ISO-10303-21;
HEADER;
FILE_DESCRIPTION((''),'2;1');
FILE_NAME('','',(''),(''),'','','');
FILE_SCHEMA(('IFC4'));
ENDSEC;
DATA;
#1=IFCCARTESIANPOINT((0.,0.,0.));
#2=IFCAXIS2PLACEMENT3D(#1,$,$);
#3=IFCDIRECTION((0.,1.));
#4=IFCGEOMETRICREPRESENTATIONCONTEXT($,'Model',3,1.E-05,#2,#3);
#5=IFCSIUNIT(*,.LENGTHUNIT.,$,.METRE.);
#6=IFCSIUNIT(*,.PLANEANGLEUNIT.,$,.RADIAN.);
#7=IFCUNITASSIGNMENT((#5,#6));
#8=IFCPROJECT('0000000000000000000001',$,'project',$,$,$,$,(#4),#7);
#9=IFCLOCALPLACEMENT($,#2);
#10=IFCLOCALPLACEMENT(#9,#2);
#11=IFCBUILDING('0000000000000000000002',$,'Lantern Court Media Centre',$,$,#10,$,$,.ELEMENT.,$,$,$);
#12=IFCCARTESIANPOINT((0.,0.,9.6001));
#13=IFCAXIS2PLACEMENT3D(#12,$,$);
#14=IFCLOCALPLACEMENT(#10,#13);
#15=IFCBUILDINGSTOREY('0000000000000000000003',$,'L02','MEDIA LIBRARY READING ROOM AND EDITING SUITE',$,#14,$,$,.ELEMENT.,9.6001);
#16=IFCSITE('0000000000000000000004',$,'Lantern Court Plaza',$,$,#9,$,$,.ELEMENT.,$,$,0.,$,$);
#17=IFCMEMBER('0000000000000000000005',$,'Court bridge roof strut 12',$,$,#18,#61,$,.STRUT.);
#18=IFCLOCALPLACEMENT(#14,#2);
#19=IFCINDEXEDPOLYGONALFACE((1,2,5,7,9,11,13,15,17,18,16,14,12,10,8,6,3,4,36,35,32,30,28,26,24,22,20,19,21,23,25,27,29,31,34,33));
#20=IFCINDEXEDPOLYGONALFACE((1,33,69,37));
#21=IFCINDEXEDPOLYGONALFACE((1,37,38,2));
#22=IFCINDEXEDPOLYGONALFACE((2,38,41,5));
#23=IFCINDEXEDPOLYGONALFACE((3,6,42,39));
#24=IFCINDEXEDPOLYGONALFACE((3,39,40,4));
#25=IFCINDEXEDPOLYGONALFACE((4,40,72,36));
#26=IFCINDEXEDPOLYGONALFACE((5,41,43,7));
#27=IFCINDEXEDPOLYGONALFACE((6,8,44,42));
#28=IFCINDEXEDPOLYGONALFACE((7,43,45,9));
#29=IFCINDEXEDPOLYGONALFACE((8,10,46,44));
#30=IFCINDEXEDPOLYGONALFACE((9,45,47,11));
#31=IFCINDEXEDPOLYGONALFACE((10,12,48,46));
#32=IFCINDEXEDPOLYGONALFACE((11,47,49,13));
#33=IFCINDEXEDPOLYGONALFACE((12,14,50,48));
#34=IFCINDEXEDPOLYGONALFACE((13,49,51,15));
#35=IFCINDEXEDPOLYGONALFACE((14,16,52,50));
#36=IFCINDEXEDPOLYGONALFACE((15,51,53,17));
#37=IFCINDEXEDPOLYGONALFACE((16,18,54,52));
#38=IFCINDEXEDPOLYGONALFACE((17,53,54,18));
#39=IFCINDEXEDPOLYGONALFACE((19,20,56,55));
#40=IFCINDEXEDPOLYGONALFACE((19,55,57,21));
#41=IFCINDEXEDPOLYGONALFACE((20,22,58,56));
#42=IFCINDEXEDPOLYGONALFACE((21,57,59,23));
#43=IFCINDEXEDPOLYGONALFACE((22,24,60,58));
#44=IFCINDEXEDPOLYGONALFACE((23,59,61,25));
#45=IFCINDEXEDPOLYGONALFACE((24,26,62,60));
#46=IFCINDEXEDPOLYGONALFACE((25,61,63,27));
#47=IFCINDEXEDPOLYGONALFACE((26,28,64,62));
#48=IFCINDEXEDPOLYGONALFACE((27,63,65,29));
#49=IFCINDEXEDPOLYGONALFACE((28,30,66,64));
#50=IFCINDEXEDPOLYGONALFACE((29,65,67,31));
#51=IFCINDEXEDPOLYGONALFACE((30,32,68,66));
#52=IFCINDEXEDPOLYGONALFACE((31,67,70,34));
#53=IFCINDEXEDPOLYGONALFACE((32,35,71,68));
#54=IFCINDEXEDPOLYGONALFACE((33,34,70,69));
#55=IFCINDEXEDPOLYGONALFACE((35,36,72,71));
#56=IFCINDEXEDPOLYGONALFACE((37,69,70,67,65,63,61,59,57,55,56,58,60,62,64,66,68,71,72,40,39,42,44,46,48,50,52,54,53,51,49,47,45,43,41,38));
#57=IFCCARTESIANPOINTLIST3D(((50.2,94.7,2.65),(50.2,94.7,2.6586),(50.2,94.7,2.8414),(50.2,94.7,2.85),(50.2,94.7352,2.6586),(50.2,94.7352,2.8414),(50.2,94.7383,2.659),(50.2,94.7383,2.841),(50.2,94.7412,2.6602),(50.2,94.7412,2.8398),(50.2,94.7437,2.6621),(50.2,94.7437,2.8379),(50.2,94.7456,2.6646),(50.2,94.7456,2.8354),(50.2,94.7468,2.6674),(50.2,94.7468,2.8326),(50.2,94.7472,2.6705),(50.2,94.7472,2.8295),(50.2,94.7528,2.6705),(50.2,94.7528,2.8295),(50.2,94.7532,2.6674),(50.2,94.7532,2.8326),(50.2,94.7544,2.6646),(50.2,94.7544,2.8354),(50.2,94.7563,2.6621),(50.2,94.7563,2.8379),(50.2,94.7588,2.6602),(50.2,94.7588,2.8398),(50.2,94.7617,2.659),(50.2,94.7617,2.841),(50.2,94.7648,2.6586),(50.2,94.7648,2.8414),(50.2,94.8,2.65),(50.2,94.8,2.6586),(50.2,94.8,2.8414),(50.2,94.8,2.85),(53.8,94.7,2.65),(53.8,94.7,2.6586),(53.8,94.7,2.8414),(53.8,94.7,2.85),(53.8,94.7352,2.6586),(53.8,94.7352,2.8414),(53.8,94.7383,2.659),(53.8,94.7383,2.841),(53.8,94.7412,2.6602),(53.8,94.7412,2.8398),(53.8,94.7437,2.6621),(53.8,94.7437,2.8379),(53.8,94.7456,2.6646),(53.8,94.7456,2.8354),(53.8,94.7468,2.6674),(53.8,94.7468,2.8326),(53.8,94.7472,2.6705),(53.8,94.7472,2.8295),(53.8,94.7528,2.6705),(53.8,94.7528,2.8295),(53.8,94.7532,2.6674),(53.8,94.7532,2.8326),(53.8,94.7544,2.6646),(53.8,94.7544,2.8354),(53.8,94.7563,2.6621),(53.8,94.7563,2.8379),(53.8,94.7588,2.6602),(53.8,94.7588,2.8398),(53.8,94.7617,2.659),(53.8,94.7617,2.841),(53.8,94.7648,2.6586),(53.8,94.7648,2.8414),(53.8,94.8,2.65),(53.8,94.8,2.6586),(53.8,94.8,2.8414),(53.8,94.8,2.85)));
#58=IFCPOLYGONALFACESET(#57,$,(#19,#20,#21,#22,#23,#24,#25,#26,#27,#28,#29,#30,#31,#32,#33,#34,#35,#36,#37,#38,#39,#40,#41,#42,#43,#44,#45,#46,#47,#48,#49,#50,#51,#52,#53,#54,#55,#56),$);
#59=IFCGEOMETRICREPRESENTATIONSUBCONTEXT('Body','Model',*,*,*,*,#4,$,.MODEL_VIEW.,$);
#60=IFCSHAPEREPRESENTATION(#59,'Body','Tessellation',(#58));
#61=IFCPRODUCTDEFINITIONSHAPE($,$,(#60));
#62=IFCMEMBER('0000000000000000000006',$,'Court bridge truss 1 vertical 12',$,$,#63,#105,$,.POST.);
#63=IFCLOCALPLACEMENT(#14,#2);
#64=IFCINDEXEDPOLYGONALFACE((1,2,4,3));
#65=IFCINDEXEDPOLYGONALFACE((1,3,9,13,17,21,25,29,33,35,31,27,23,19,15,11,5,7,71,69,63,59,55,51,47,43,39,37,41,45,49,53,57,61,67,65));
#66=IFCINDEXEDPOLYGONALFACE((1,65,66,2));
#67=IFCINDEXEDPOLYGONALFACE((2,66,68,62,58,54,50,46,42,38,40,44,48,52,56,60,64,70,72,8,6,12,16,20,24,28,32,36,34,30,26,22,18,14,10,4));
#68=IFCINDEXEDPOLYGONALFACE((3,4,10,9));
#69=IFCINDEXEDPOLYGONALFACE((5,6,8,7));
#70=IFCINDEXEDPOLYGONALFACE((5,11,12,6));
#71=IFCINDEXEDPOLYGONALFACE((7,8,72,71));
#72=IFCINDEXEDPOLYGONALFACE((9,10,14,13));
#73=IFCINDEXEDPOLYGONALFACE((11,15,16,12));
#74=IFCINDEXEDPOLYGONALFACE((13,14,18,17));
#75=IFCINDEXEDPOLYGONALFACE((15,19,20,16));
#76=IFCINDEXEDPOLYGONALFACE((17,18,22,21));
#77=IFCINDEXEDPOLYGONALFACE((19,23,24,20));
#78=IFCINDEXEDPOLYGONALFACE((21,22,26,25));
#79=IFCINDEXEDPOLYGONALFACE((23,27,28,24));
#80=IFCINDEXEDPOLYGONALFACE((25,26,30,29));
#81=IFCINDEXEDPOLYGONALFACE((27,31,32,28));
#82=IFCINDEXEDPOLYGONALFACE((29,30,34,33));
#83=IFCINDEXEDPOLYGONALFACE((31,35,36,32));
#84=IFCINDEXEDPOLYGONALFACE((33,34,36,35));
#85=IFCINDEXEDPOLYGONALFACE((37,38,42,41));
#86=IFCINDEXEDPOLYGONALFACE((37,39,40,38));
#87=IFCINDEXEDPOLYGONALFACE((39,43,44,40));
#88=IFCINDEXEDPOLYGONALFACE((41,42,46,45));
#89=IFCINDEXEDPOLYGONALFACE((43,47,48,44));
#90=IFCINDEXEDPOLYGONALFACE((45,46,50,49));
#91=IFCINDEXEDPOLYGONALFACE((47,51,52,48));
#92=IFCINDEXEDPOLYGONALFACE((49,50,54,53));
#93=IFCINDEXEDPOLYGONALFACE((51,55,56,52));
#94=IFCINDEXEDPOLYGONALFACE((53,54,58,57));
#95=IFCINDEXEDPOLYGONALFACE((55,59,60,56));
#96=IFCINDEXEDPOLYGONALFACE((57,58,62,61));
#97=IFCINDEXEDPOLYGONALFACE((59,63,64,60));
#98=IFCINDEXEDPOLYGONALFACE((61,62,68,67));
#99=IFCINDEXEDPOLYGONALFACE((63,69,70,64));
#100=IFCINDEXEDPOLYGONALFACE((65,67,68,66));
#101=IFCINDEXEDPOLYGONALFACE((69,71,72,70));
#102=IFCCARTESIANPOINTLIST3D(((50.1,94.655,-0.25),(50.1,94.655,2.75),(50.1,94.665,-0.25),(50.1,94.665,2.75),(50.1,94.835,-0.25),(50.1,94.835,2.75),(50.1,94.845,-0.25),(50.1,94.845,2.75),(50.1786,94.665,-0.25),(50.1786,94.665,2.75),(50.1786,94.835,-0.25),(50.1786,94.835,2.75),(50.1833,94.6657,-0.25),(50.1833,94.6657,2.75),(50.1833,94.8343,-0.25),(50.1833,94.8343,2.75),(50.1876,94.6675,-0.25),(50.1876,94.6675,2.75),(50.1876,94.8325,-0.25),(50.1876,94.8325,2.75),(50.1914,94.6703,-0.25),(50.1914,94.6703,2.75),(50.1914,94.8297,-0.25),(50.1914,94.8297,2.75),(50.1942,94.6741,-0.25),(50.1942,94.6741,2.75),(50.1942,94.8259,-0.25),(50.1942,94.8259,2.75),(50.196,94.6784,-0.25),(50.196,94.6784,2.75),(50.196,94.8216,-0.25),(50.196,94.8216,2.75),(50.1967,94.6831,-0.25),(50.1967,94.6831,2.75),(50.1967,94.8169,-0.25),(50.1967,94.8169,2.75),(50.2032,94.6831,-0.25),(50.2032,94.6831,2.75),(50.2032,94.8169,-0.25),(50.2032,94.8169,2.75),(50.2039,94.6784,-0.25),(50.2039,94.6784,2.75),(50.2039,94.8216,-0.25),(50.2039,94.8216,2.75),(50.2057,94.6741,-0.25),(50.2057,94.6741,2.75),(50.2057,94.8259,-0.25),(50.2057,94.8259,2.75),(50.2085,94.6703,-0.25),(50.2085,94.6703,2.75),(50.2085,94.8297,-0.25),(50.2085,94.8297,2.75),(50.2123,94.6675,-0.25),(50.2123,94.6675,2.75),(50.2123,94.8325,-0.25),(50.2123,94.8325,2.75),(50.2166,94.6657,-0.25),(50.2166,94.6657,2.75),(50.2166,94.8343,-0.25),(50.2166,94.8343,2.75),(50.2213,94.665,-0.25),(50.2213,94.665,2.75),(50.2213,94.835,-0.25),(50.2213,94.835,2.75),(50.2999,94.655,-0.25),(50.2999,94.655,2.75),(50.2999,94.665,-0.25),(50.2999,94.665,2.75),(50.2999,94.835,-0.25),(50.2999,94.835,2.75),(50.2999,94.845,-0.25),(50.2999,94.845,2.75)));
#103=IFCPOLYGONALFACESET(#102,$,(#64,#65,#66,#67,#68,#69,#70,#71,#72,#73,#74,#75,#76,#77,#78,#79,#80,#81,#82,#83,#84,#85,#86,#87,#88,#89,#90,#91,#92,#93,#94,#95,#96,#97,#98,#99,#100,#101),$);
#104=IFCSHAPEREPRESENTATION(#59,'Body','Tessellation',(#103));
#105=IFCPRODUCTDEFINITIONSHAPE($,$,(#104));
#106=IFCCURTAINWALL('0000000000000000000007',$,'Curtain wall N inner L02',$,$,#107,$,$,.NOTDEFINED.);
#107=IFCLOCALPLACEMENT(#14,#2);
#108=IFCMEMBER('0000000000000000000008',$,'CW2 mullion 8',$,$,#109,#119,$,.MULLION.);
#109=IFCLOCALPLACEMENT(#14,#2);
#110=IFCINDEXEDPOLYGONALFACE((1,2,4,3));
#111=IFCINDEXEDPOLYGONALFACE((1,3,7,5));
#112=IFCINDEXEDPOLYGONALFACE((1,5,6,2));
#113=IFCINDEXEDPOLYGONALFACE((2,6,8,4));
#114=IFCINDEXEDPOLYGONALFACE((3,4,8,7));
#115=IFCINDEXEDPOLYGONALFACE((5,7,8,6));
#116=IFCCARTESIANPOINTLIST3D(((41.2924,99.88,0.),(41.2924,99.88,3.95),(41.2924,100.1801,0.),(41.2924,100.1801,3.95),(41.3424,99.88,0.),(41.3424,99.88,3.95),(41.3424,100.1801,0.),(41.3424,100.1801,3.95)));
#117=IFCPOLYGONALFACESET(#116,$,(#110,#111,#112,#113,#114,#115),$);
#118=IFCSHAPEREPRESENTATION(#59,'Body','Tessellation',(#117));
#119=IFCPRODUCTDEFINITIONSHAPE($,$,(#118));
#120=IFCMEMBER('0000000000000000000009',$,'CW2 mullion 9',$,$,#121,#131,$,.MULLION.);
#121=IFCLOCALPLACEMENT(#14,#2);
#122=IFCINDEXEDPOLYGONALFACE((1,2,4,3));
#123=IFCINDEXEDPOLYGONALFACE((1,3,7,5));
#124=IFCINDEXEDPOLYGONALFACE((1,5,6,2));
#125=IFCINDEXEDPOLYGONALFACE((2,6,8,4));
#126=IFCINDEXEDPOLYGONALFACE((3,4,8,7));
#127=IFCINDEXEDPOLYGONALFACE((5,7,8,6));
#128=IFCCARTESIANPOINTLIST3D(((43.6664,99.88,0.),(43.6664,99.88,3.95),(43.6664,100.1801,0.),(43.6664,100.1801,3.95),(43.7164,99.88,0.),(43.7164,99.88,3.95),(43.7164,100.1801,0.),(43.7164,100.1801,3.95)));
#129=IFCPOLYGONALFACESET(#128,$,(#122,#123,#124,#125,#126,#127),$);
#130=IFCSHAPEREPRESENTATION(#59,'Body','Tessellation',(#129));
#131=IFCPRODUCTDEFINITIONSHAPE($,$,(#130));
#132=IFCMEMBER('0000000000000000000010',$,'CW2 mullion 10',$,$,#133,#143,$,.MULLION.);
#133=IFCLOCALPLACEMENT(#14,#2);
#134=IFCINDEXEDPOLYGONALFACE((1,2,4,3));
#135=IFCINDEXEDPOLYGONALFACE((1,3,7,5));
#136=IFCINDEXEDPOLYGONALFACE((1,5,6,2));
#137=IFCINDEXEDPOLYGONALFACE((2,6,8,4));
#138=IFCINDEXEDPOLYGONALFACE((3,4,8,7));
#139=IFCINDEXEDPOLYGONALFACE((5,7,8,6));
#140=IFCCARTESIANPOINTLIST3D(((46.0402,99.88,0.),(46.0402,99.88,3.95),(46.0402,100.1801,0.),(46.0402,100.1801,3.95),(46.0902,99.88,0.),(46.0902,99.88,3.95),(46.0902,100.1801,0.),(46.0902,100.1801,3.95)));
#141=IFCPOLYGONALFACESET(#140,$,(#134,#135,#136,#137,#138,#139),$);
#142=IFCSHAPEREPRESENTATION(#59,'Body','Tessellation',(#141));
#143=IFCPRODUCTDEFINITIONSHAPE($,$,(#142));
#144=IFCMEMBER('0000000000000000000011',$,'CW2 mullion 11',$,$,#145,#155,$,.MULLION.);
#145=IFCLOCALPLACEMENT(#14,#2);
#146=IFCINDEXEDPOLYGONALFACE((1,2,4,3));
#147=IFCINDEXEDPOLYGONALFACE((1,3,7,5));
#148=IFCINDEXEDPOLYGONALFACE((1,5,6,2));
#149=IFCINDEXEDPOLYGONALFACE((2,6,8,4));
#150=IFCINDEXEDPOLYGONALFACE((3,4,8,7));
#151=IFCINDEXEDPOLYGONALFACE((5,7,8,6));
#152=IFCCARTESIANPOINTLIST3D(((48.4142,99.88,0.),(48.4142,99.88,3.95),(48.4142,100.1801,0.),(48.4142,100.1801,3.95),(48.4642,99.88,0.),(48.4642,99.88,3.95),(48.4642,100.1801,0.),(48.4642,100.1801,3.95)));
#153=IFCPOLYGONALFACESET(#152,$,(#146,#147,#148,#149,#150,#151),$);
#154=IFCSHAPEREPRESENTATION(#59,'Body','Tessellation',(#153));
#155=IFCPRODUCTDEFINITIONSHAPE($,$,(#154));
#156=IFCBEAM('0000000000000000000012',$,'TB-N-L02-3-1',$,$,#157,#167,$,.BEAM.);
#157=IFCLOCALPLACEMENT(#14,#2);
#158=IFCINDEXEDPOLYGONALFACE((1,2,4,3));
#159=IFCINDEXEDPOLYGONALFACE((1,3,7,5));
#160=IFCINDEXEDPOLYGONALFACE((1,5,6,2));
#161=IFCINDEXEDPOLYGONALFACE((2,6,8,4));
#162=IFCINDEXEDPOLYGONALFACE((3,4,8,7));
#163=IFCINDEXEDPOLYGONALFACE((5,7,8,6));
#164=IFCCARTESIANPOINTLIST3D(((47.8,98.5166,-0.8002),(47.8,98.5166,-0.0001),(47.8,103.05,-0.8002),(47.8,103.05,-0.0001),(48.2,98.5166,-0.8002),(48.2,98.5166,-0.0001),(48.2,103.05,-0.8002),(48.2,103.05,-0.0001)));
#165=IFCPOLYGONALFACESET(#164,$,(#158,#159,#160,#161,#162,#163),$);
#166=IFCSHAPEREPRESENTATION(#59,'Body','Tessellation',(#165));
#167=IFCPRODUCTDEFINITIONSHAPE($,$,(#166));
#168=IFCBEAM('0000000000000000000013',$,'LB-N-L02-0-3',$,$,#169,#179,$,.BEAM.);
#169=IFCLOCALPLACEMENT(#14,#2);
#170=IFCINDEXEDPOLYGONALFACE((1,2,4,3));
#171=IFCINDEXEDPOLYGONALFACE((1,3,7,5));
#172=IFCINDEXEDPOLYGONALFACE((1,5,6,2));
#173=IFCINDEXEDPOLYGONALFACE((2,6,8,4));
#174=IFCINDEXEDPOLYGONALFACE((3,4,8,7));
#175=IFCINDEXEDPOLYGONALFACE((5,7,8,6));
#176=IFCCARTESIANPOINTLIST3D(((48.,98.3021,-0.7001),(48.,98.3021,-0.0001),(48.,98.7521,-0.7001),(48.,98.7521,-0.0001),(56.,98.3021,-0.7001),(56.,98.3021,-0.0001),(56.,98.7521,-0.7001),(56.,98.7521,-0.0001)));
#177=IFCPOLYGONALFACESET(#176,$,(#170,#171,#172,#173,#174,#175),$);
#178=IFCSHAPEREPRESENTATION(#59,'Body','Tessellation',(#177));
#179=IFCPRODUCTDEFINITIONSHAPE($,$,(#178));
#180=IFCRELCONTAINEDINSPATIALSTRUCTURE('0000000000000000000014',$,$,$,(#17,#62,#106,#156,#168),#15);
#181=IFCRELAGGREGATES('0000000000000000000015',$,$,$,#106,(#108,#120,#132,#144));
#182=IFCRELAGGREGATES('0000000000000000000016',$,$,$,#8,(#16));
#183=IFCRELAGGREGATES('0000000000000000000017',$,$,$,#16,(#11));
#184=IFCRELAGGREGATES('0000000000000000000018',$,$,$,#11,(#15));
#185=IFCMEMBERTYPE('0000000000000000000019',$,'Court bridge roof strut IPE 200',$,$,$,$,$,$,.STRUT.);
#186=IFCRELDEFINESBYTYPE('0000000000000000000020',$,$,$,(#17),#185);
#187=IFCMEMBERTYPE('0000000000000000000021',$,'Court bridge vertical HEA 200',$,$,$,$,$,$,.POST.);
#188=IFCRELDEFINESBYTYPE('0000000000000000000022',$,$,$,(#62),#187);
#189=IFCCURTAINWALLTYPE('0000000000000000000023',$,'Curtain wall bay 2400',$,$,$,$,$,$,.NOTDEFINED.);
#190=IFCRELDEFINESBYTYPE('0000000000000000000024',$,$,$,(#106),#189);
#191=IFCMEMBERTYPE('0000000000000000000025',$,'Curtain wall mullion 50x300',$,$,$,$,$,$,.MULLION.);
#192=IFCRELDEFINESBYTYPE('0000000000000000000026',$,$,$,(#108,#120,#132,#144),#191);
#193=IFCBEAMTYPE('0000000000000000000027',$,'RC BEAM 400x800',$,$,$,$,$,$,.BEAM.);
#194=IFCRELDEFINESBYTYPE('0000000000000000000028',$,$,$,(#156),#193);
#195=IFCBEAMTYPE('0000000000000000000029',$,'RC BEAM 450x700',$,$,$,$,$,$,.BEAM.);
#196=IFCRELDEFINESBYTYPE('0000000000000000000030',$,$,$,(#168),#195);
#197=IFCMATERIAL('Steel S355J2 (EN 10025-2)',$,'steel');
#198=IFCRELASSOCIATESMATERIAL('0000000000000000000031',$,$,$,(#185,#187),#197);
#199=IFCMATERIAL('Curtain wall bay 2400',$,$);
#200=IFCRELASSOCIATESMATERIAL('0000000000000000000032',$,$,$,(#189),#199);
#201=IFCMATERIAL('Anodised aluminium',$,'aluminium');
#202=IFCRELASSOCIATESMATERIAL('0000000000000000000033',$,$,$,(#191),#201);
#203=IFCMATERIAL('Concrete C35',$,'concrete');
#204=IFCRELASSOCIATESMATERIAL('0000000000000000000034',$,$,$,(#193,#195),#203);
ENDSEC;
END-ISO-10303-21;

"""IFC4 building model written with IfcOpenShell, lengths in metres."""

from ifc_helpers import new_model, si_unit, direction, frame, origin, origin_2d, place, context, subcontext, project, spatial, rectangle, i_section, extrude, material, material_profile, profile_set, type_object, element, aggregate, save


model = new_model("IFC4")

# Units and contexts
model_context = context("Model", 3, precision=1e-05, world=origin(), true_north=direction((0.0, 1.0)))
body_context = subcontext(model_context, "Body", "Model", "MODEL_VIEW")
ifc_project = project(units=[si_unit("LENGTHUNIT", "METRE"), si_unit("PLANEANGLEUNIT", "RADIAN")], contexts=[model_context])

# Site, building, storey
site_placement = place(None, origin())
site = spatial("IfcSite", under=ifc_project, at=site_placement, Name="Lantern Court Plaza", CompositionType="ELEMENT", RefElevation=0.0)
building_placement = place(site_placement, origin())
building = spatial("IfcBuilding", under=site, at=building_placement, Name="Lantern Court Media Centre", CompositionType="ELEMENT")
storey_placement = place(building_placement, frame((0.0, 0.0, 9.6001)))
storey = spatial("IfcBuildingStorey", under=building, at=storey_placement, Name="L02", Description="MEDIA LIBRARY READING ROOM AND EDITING SUITE", CompositionType="ELEMENT", Elevation=9.6001)

# Shared definitions
ifc_material_1 = material(Name="Concrete C35", Category="concrete")

# Shared definitions
ifc_material_2 = material(Name="Steel S355J2 (EN 10025-2)", Category="steel")

# Members
ifc_material_profile_1 = material_profile(ifc_material_2, i_section(OverallWidth=0.1001, OverallDepth=0.2, WebThickness=0.0056, FlangeThickness=0.0085, FilletRadius=0.012, at=origin_2d()), Name="IPE 200")
ifc_profile_set_1 = profile_set([ifc_material_profile_1], Name="Steel S355J2 (EN 10025-2)")
member_type_1 = type_object("IfcMemberType", Name="Court bridge roof strut IPE 200", PredefinedType="STRUT", material=ifc_profile_set_1)
member_1_placement = place(storey_placement, frame((50.2, 94.75, 2.75), z_axis=(1.0, 0.0, 0.0), x_axis=(0.0, 1.0, 0.0)))
element("IfcMember", 1, at=member_1_placement, inside=storey, type_object=member_type_1, Name="Court bridge roof strut 12", PredefinedType="STRUT", context=body_context, shape_type="SweptSolid", body=[
    extrude(i_section(OverallWidth=0.1001, OverallDepth=0.2, WebThickness=0.0056, FlangeThickness=0.0085, FilletRadius=0.012, at=origin_2d()), origin(), (0.0, 0.0, 1.0), 3.6001),
])
ifc_material_profile_2 = material_profile(ifc_material_2, i_section(OverallWidth=0.2, OverallDepth=0.1899, WebThickness=0.0066, FlangeThickness=0.01, FilletRadius=0.0181, at=origin_2d()), Name="HEA 200")
ifc_profile_set_2 = profile_set([ifc_material_profile_2], Name="Steel S355J2 (EN 10025-2)")
member_type_2 = type_object("IfcMemberType", Name="Court bridge vertical HEA 200", PredefinedType="POST", material=ifc_profile_set_2)
member_2_placement = place(storey_placement, frame((50.2, 94.75, -0.25), z_axis=(0.0, 0.0, 1.0), x_axis=(1.0, 0.0, 0.0)))
element("IfcMember", 2, at=member_2_placement, inside=storey, type_object=member_type_2, Name="Court bridge truss 1 vertical 12", PredefinedType="POST", context=body_context, shape_type="SweptSolid", body=[
    extrude(i_section(OverallWidth=0.2, OverallDepth=0.1899, WebThickness=0.0066, FlangeThickness=0.01, FilletRadius=0.0181, at=origin_2d()), origin(), (0.0, 0.0, 1.0), 3.0),
])

# Curtain wall, members
ifc_material_3 = material(Name="Curtain wall bay 2400")
curtain_wall_type = type_object("IfcCurtainWallType", Name="Curtain wall bay 2400", PredefinedType="NOTDEFINED", material=ifc_material_3)
curtain_wall_placement = place(storey_placement, origin())
curtain_wall = element("IfcCurtainWall", 3, at=curtain_wall_placement, inside=storey, type_object=curtain_wall_type, Name="Curtain wall N inner L02", PredefinedType="NOTDEFINED")
ifc_material_4 = material(Name="Anodised aluminium", Category="aluminium")
ifc_material_profile_3 = material_profile(ifc_material_4, rectangle(XDim=0.3, YDim=0.05, at=origin_2d()), Name="AL 50x300")
ifc_profile_set_3 = profile_set([ifc_material_profile_3], Name="Anodised aluminium")
member_type_3 = type_object("IfcMemberType", Name="Curtain wall mullion 50x300", PredefinedType="MULLION", material=ifc_profile_set_3)
member_3_placement = place(storey_placement, frame((41.3174, 100.03, 0.0), z_axis=(0.0, 0.0, 1.0), x_axis=(0.0, 1.0, 0.0)))
member_3 = element("IfcMember", 4, at=member_3_placement, type_object=member_type_3, Name="CW2 mullion 8", PredefinedType="MULLION", context=body_context, shape_type="SweptSolid", body=[
    extrude(rectangle(XDim=0.3, YDim=0.05, at=origin_2d()), origin(), (0.0, 0.0, 1.0), 3.95),
])
member_4_placement = place(storey_placement, frame((43.6914, 100.03, 0.0), z_axis=(0.0, 0.0, 1.0), x_axis=(0.0, 1.0, 0.0)))
member_4 = element("IfcMember", 5, at=member_4_placement, type_object=member_type_3, Name="CW2 mullion 9", PredefinedType="MULLION", context=body_context, shape_type="SweptSolid", body=[
    extrude(rectangle(XDim=0.3, YDim=0.05, at=origin_2d()), origin(), (0.0, 0.0, 1.0), 3.95),
])
member_5_placement = place(storey_placement, frame((46.0652, 100.03, 0.0), z_axis=(0.0, 0.0, 1.0), x_axis=(0.0, 1.0, 0.0)))
member_5 = element("IfcMember", 6, at=member_5_placement, type_object=member_type_3, Name="CW2 mullion 10", PredefinedType="MULLION", context=body_context, shape_type="SweptSolid", body=[
    extrude(rectangle(XDim=0.3, YDim=0.05, at=origin_2d()), origin(), (0.0, 0.0, 1.0), 3.95),
])
member_6_placement = place(storey_placement, frame((48.4392, 100.03, 0.0), z_axis=(0.0, 0.0, 1.0), x_axis=(0.0, 1.0, 0.0)))
member_6 = element("IfcMember", 7, at=member_6_placement, type_object=member_type_3, Name="CW2 mullion 11", PredefinedType="MULLION", context=body_context, shape_type="SweptSolid", body=[
    extrude(rectangle(XDim=0.3, YDim=0.05, at=origin_2d()), origin(), (0.0, 0.0, 1.0), 3.95),
])
aggregate(curtain_wall, [member_3, member_4, member_5, member_6])

# Beams
ifc_material_profile_4 = material_profile(ifc_material_1, rectangle(XDim=0.3999, YDim=0.8, at=origin_2d()), Name="RC 400x800")
ifc_profile_set_4 = profile_set([ifc_material_profile_4], Name="Concrete C35")
beam_type_1 = type_object("IfcBeamType", Name="RC BEAM 400x800", PredefinedType="BEAM", material=ifc_profile_set_4)
beam_1_placement = place(storey_placement, frame((48.0, 98.5166, -0.4001), z_axis=(0.0, 1.0, 0.0), x_axis=(-1.0, 0.0, 0.0)))
element("IfcBeam", 8, at=beam_1_placement, inside=storey, type_object=beam_type_1, Name="TB-N-L02-3-1", PredefinedType="BEAM", context=body_context, shape_type="SweptSolid", body=[
    extrude(rectangle(XDim=0.3999, YDim=0.8, at=origin_2d()), origin(), (0.0, 0.0, 1.0), 4.5334),
])
ifc_material_profile_5 = material_profile(ifc_material_1, rectangle(XDim=0.45, YDim=0.7, at=origin_2d()), Name="RC 450x700")
ifc_profile_set_5 = profile_set([ifc_material_profile_5], Name="Concrete C35")
beam_type_2 = type_object("IfcBeamType", Name="RC BEAM 450x700", PredefinedType="BEAM", material=ifc_profile_set_5)
beam_2_placement = place(storey_placement, frame((48.0, 98.5271, -0.3501), z_axis=(1.0, 0.0, 0.0), x_axis=(0.0, 1.0, 0.0)))
element("IfcBeam", 9, at=beam_2_placement, inside=storey, type_object=beam_type_2, Name="LB-N-L02-0-3", PredefinedType="BEAM", context=body_context, shape_type="SweptSolid", body=[
    extrude(rectangle(XDim=0.45, YDim=0.7, at=origin_2d()), origin(), (0.0, 0.0, 1.0), 8.0),
])

save(model, "model.ifc")
